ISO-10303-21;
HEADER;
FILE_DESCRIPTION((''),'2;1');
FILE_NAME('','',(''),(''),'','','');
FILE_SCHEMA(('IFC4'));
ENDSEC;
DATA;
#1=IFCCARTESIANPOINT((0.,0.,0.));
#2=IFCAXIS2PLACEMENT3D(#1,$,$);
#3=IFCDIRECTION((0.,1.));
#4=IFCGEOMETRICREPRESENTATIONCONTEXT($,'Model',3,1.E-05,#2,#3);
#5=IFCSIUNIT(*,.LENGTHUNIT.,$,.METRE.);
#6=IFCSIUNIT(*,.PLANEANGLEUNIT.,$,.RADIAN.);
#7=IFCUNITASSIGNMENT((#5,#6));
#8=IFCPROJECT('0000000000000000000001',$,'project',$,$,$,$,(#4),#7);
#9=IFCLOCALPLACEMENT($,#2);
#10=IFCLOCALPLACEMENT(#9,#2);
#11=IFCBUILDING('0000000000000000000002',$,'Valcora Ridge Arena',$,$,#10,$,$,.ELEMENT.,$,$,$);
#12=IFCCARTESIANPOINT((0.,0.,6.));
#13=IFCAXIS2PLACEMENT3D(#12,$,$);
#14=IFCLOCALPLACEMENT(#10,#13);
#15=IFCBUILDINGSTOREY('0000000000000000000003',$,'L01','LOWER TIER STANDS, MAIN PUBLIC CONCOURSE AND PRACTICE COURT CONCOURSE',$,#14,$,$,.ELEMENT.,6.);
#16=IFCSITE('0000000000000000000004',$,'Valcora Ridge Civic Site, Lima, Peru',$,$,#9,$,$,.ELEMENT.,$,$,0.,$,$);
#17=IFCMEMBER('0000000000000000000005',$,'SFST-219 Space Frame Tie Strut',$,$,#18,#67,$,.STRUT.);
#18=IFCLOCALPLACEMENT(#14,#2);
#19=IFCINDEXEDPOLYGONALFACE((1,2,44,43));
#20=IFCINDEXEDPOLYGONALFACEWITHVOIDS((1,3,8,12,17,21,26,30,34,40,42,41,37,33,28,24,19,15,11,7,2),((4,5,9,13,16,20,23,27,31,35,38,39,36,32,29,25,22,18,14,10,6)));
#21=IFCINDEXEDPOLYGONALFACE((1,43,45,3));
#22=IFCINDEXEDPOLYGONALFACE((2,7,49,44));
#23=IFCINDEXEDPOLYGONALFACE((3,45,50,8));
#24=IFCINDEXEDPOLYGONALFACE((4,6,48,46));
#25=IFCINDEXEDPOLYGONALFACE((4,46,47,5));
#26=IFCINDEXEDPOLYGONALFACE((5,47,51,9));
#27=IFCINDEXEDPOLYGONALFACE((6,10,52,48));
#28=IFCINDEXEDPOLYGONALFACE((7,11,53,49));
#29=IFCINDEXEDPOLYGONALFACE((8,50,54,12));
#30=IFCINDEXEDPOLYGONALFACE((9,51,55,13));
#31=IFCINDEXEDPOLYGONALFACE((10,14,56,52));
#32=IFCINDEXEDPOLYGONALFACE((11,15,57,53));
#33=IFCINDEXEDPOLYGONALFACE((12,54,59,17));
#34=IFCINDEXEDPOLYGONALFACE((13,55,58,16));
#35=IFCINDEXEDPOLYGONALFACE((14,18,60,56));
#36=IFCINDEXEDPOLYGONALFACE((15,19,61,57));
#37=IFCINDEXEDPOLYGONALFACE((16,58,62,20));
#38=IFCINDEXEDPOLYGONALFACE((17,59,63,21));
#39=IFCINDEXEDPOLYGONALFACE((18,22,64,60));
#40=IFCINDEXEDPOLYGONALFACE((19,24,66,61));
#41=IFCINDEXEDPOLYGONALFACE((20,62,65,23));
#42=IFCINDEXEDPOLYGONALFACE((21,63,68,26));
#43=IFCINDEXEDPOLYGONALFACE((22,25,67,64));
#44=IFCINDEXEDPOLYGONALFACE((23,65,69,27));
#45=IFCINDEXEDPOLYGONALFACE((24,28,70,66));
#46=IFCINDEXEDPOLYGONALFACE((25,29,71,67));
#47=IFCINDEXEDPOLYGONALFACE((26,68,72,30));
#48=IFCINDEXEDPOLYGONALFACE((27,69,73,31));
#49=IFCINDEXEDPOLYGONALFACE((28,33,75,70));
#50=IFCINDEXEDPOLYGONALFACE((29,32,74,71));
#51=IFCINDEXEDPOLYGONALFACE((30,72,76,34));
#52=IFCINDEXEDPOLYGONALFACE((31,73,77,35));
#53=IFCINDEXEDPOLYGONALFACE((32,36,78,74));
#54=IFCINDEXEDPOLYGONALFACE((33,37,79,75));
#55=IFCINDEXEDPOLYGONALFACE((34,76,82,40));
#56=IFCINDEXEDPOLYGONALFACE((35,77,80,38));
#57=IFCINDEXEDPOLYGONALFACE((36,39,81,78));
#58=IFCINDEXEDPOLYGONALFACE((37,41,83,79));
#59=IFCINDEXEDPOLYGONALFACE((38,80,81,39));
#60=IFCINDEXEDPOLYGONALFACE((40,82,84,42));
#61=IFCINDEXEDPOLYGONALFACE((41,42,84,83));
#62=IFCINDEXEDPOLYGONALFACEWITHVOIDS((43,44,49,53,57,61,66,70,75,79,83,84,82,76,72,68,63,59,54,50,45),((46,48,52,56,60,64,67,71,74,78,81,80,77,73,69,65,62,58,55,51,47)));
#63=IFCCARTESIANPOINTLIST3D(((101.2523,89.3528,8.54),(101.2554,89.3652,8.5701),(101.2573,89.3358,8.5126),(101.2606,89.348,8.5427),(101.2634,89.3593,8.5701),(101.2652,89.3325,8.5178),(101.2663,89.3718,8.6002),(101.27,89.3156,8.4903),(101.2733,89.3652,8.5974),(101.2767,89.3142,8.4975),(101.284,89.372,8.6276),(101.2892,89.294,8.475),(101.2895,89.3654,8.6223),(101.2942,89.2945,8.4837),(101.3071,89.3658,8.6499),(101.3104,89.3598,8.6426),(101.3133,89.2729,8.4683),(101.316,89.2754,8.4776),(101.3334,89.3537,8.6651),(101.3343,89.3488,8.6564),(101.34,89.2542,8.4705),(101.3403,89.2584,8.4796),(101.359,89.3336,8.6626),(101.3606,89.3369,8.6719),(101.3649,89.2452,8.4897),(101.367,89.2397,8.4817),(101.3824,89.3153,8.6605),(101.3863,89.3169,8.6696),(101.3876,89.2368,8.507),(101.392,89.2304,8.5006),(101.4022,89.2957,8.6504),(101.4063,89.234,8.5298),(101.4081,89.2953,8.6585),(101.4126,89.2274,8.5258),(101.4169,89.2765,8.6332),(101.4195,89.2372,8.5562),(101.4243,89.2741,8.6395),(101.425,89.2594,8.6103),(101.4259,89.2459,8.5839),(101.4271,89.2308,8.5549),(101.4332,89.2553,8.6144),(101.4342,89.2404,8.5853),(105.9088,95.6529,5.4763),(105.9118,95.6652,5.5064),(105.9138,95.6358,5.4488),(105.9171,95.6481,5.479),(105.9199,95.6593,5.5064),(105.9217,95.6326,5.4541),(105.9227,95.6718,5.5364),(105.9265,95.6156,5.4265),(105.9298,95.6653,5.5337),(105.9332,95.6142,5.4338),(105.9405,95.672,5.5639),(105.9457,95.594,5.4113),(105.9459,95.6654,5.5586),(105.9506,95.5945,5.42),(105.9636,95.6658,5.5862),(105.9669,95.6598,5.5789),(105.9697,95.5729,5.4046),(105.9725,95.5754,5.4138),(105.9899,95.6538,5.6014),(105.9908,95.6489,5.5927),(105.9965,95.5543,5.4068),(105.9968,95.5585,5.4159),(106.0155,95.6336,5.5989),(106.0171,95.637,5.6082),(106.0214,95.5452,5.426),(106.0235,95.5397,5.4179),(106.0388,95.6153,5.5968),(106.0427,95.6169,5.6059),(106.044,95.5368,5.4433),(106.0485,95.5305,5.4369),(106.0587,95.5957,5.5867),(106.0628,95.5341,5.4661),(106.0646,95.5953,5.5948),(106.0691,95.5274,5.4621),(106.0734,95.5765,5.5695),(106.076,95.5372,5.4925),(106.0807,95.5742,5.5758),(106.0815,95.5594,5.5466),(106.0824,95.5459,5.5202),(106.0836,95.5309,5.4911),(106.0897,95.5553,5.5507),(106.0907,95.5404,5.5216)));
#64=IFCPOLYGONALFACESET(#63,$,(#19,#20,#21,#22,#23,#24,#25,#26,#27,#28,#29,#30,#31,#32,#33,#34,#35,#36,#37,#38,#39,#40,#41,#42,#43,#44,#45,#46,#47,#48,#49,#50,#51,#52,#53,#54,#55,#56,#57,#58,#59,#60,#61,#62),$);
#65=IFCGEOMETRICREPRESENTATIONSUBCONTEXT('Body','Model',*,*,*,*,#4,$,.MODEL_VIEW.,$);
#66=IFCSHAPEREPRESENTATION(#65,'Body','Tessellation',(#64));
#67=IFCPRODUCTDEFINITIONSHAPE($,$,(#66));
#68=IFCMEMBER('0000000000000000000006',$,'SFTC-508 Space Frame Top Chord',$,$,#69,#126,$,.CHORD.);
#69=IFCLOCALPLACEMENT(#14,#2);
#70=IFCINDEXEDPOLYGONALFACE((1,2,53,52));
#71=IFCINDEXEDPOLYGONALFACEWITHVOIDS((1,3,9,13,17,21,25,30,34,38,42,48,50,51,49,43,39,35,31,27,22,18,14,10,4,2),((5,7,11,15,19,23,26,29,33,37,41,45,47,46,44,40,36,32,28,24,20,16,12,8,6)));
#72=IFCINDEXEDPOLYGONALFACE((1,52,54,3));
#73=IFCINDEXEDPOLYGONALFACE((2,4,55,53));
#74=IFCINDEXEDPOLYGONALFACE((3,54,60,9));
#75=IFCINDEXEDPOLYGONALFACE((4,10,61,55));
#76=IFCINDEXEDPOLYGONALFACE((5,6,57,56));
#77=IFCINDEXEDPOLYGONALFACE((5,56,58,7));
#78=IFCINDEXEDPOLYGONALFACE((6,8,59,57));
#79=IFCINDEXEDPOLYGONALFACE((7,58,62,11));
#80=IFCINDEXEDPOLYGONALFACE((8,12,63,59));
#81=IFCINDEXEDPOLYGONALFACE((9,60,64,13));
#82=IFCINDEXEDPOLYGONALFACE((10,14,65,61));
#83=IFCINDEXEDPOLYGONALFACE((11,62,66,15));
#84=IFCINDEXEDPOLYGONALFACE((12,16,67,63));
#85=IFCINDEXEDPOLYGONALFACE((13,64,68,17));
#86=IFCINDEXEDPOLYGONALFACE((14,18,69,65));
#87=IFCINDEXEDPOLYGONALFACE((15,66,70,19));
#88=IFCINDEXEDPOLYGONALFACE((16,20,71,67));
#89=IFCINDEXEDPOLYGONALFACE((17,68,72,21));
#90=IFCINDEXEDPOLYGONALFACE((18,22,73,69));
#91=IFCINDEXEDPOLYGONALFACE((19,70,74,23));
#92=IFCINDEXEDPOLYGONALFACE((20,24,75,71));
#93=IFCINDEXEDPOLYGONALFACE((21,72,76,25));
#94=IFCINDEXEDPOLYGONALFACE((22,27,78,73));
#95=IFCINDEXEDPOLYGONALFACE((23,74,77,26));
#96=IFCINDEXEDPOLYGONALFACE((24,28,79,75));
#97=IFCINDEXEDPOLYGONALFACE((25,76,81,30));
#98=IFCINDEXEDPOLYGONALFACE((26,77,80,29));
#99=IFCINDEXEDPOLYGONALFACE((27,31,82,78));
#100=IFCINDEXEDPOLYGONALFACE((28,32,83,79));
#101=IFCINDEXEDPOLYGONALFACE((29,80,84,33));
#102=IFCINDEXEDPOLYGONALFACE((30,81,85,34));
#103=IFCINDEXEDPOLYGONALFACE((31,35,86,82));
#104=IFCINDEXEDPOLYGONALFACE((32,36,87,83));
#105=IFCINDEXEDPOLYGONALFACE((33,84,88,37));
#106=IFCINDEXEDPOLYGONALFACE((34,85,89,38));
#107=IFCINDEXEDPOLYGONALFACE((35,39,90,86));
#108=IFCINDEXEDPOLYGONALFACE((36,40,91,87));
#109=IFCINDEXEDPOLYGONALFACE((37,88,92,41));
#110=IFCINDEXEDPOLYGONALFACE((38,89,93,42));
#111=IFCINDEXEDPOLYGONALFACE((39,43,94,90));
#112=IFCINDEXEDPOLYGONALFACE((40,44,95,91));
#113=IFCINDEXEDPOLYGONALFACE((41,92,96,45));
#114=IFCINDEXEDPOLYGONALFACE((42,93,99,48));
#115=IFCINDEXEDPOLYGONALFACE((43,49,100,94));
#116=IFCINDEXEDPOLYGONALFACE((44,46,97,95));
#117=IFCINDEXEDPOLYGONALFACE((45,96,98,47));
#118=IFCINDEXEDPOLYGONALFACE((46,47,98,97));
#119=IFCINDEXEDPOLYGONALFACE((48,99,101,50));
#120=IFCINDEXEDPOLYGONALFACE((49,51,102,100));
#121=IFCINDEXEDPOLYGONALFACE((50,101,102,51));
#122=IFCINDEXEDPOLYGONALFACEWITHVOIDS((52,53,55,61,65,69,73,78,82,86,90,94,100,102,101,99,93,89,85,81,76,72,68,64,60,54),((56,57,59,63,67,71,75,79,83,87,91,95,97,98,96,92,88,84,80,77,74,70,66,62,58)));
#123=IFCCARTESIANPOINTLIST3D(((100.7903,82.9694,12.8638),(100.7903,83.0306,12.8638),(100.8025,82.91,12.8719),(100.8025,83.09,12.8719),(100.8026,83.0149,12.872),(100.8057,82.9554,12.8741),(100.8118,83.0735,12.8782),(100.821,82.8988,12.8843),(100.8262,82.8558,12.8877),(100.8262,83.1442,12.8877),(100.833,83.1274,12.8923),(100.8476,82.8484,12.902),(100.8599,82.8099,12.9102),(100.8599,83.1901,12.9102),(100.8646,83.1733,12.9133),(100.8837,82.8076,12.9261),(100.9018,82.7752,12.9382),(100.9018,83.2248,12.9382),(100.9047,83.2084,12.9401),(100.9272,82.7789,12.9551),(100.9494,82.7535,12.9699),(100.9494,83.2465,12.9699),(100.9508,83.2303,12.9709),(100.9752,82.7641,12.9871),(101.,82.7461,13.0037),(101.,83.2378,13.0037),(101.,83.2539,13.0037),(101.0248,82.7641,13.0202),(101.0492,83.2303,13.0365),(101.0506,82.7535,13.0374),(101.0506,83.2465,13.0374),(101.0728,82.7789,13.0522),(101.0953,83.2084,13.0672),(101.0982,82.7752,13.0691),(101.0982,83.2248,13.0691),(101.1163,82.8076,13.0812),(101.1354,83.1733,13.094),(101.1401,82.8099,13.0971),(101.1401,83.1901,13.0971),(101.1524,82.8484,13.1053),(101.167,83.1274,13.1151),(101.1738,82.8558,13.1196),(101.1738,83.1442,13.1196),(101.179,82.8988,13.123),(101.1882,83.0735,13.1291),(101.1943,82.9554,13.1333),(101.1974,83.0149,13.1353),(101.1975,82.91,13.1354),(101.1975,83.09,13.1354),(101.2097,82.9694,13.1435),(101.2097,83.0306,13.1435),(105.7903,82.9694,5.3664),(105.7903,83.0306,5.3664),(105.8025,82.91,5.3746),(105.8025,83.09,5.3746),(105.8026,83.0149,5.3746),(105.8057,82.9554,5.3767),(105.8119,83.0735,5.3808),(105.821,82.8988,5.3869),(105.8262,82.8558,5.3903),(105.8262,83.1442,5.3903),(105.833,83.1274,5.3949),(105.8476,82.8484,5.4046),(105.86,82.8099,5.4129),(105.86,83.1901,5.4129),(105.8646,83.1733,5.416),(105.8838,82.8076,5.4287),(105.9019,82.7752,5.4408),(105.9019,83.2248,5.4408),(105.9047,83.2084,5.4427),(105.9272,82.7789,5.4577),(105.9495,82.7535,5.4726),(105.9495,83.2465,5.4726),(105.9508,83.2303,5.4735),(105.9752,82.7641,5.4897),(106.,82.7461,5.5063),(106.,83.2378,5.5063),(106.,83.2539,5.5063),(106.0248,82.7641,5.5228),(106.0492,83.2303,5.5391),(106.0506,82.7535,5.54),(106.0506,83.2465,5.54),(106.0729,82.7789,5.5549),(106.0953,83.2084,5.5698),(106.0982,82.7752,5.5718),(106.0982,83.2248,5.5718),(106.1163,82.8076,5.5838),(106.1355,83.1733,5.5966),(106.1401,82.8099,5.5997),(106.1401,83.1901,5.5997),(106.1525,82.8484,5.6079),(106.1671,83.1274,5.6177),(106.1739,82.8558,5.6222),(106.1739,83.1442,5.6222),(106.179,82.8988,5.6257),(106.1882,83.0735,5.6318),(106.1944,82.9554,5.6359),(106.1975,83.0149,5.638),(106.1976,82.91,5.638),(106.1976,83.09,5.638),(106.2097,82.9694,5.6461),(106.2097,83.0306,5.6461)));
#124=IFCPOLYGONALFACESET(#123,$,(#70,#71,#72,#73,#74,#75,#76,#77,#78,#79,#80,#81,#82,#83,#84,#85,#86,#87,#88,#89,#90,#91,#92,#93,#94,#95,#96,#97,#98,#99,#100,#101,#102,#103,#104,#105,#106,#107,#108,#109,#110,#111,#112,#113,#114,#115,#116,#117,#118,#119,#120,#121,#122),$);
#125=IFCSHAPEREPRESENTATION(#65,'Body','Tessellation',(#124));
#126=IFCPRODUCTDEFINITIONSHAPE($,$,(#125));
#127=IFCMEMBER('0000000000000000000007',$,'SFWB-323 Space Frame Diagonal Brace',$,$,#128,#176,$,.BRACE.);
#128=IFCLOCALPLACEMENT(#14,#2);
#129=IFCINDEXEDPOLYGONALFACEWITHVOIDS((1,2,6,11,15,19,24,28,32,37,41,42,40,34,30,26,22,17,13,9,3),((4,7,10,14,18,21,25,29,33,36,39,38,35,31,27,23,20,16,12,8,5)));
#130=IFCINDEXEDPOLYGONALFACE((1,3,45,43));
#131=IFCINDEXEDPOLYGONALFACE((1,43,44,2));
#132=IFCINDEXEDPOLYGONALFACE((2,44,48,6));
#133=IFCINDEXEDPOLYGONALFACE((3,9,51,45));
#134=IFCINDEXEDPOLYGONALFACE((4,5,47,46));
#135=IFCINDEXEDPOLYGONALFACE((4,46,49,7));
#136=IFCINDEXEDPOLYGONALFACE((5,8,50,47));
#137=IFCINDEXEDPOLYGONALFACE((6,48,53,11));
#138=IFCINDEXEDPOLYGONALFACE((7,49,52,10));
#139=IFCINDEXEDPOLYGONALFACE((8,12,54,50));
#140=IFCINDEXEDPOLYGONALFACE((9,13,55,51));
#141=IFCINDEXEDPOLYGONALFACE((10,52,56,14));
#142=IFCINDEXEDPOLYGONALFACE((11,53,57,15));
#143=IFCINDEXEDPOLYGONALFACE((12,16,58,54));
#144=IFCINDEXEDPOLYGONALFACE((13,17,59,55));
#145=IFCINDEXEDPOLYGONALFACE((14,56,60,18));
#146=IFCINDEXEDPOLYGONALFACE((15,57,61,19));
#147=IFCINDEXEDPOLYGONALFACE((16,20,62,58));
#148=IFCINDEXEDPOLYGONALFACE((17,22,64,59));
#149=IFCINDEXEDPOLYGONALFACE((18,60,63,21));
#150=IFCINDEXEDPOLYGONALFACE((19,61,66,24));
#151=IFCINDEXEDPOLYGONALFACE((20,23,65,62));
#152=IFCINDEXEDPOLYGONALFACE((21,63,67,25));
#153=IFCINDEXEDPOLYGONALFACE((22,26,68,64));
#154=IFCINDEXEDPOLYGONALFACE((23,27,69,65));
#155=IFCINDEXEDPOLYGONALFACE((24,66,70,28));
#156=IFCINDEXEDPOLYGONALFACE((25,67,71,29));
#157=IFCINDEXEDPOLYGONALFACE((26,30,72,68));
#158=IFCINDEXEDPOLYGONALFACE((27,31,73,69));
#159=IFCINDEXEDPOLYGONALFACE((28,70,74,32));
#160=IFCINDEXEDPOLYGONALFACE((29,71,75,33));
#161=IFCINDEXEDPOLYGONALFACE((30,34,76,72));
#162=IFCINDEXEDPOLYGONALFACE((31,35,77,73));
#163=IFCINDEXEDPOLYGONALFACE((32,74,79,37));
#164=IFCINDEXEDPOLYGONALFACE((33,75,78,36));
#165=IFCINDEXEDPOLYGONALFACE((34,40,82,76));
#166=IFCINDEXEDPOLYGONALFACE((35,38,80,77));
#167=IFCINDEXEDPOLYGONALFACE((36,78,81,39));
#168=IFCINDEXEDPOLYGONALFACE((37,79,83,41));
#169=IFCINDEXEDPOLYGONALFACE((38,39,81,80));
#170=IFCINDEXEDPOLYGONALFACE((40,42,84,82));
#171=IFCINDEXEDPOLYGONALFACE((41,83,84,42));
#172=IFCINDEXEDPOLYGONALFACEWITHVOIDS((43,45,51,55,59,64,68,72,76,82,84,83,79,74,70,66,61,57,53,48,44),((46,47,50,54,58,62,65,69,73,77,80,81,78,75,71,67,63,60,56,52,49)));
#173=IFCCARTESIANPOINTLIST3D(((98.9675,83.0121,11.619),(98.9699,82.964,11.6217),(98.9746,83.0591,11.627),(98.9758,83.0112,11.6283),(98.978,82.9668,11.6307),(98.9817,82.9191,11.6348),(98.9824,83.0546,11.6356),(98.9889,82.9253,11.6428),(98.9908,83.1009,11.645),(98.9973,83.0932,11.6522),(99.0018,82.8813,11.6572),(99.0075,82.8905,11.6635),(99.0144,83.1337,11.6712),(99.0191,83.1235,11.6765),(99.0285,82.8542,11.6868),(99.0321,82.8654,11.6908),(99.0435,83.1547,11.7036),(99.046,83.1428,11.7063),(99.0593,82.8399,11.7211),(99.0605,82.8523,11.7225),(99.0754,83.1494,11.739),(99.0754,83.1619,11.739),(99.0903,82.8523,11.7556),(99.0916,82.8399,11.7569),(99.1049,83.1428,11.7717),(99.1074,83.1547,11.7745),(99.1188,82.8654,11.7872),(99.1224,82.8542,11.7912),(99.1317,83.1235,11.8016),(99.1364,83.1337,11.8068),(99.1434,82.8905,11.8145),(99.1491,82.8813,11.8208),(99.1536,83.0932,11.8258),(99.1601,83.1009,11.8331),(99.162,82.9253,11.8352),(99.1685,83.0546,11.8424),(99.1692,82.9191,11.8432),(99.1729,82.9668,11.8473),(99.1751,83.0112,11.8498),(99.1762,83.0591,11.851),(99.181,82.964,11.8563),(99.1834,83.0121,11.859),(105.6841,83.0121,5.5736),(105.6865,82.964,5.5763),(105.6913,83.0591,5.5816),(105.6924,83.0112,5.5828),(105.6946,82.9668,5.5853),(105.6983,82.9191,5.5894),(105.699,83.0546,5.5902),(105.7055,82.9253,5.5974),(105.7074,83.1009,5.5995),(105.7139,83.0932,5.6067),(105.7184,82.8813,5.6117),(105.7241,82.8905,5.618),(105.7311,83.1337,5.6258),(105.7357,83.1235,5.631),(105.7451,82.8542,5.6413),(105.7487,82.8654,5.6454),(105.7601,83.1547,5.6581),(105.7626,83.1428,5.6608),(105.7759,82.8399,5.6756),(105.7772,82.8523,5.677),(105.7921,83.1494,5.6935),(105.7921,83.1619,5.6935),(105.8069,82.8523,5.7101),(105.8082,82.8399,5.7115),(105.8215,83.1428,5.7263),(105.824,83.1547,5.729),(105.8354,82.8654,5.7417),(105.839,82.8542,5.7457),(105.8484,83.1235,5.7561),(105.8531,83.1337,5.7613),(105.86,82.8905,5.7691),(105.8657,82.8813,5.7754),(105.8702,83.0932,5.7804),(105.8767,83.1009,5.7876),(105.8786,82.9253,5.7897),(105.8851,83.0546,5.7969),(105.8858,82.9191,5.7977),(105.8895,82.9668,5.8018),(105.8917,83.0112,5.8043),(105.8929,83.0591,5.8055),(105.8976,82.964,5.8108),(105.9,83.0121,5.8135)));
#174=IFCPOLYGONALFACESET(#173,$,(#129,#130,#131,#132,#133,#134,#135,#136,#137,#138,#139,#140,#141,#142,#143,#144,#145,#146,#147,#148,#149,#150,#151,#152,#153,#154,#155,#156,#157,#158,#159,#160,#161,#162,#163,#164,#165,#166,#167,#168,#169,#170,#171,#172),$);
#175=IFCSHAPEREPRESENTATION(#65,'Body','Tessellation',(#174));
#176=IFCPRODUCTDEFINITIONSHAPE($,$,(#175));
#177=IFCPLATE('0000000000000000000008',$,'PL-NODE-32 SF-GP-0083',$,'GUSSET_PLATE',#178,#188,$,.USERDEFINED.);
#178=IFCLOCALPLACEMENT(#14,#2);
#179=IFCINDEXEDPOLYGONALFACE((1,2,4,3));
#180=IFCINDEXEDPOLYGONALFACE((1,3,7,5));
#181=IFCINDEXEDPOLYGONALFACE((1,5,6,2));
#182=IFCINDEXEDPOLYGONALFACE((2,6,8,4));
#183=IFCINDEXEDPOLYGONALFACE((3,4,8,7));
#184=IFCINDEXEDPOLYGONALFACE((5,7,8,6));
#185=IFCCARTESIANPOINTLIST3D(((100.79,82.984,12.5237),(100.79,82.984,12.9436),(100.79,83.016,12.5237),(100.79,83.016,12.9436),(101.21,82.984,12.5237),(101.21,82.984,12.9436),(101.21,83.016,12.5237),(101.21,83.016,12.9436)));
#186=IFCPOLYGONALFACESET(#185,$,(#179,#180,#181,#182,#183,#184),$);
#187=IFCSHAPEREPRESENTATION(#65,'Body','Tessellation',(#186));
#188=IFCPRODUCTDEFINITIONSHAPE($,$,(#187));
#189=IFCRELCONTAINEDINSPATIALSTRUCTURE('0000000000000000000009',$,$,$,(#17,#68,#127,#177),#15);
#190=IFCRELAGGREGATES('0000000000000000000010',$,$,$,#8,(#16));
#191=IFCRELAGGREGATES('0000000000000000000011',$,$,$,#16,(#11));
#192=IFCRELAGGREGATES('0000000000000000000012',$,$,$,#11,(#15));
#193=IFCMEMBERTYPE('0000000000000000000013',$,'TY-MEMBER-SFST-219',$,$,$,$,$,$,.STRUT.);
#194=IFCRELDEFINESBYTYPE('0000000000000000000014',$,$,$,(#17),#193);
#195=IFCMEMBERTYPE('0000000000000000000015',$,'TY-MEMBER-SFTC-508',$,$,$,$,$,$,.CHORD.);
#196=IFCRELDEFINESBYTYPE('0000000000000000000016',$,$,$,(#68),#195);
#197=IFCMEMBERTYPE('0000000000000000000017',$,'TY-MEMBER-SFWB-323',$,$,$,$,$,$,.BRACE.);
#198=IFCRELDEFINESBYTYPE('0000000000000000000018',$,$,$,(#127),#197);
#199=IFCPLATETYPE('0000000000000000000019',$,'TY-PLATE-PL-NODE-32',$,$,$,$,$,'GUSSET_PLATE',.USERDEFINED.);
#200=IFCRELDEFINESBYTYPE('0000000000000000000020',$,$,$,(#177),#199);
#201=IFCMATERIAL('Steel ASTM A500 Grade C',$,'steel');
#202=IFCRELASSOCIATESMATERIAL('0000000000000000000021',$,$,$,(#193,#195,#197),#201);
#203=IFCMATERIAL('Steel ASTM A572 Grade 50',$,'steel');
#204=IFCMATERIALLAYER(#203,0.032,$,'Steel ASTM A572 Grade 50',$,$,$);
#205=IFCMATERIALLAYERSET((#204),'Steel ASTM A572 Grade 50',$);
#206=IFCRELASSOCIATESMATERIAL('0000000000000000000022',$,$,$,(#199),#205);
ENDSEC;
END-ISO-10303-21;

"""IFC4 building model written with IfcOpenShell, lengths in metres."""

from ifc_helpers import new_model, si_unit, direction, frame, origin, origin_2d, place, context, subcontext, project, spatial, rectangle, hollow_circle, extrude, material, layer, layer_set, material_profile, profile_set, type_object, element, save


model = new_model("IFC4")

# Units and contexts
model_context = context("Model", 3, precision=1e-05, world=origin(), true_north=direction((0.0, 1.0)))
body_context = subcontext(model_context, "Body", "Model", "MODEL_VIEW")
ifc_project = project(units=[si_unit("LENGTHUNIT", "METRE"), si_unit("PLANEANGLEUNIT", "RADIAN")], contexts=[model_context])

# Site, building, storey
site_placement = place(None, origin())
site = spatial("IfcSite", under=ifc_project, at=site_placement, Name="Valcora Ridge Civic Site, Lima, Peru", CompositionType="ELEMENT", RefElevation=0.0)
building_placement = place(site_placement, origin())
building = spatial("IfcBuilding", under=site, at=building_placement, Name="Valcora Ridge Arena", CompositionType="ELEMENT")
storey_placement = place(building_placement, frame((0.0, 0.0, 6.0)))
storey = spatial("IfcBuildingStorey", under=building, at=storey_placement, Name="L01", Description="LOWER TIER STANDS, MAIN PUBLIC CONCOURSE AND PRACTICE COURT CONCOURSE", CompositionType="ELEMENT", Elevation=6.0)

# Members
ifc_material_1 = material(Name="Steel ASTM A500 Grade C", Category="steel")
ifc_material_profile_1 = material_profile(ifc_material_1, hollow_circle(Radius=0.1096, WallThickness=0.01, at=origin_2d()), Name="CHS219X10")
ifc_profile_set_1 = profile_set([ifc_material_profile_1], Name="Steel ASTM A500 Grade C")
member_type_1 = type_object("IfcMemberType", Name="TY-MEMBER-SFST-219", PredefinedType="STRUT", material=ifc_profile_set_1)
member_1_placement = place(storey_placement, frame((101.3435, 89.3, 8.5701), z_axis=(0.553561, 0.748945, -0.364213), x_axis=(-0.80418, 0.594386, 0.0)))
element("IfcMember", 1, at=member_1_placement, inside=storey, type_object=member_type_1, Name="SFST-219 Space Frame Tie Strut", PredefinedType="STRUT", context=body_context, shape_type="SweptSolid", body=[
    extrude(hollow_circle(Radius=0.1096, WallThickness=0.01, at=origin_2d()), origin(), (0.0, 0.0, 1.0), 8.4119),
])
ifc_material_profile_2 = material_profile(ifc_material_1, hollow_circle(Radius=0.2539, WallThickness=0.0161, at=origin_2d()), Name="CHS508X16")
ifc_profile_set_2 = profile_set([ifc_material_profile_2], Name="Steel ASTM A500 Grade C")
member_type_2 = type_object("IfcMemberType", Name="TY-MEMBER-SFTC-508", PredefinedType="CHORD", material=ifc_profile_set_2)
member_2_placement = place(storey_placement, frame((101.0, 83.0, 13.0037), z_axis=(0.554838, 0.0, -0.831959), x_axis=(0.0, 1.0, 0.0)))
element("IfcMember", 2, at=member_2_placement, inside=storey, type_object=member_type_2, Name="SFTC-508 Space Frame Top Chord", PredefinedType="CHORD", context=body_context, shape_type="SweptSolid", body=[
    extrude(hollow_circle(Radius=0.2539, WallThickness=0.0161, at=origin_2d()), origin(), (0.0, 0.0, 1.0), 9.0117),
])
ifc_material_profile_3 = material_profile(ifc_material_1, hollow_circle(Radius=0.1619, WallThickness=0.0125, at=origin_2d()), Name="CHS323X12")
ifc_profile_set_3 = profile_set([ifc_material_profile_3], Name="Steel ASTM A500 Grade C")
member_type_3 = type_object("IfcMemberType", Name="TY-MEMBER-SFWB-323", PredefinedType="BRACE", material=ifc_profile_set_3)
member_3_placement = place(storey_placement, frame((99.0754, 83.0, 11.739), z_axis=(0.743266, 0.0, -0.668996), x_axis=(0.0, 1.0, 0.0)))
element("IfcMember", 3, at=member_3_placement, inside=storey, type_object=member_type_3, Name="SFWB-323 Space Frame Diagonal Brace", PredefinedType="BRACE", context=body_context, shape_type="SweptSolid", body=[
    extrude(hollow_circle(Radius=0.1619, WallThickness=0.0125, at=origin_2d()), origin(), (0.0, 0.0, 1.0), 9.0366),
])

# Plate
ifc_material_2 = material(Name="Steel ASTM A572 Grade 50", Category="steel")
ifc_layer_1 = layer(ifc_material_2, 0.032, Name="Steel ASTM A572 Grade 50")
ifc_layer_set_1 = layer_set([ifc_layer_1], Name="Steel ASTM A572 Grade 50")
plate_type_1 = type_object("IfcPlateType", Name="TY-PLATE-PL-NODE-32", ElementType="GUSSET_PLATE", PredefinedType="USERDEFINED", material=ifc_layer_set_1)
plate_1_placement = place(storey_placement, frame((101.0, 83.0, 12.5237), z_axis=(0.0, 0.0, 1.0), x_axis=(1.0, 0.0, 0.0)))
element("IfcPlate", 4, at=plate_1_placement, inside=storey, type_object=plate_type_1, Name="PL-NODE-32 SF-GP-0083", ObjectType="GUSSET_PLATE", PredefinedType="USERDEFINED", context=body_context, shape_type="SweptSolid", body=[
    extrude(rectangle(XDim=0.4199, YDim=0.032, at=origin_2d()), origin(), (0.0, 0.0, 1.0), 0.4199),
])

save(model, "model.ifc")
